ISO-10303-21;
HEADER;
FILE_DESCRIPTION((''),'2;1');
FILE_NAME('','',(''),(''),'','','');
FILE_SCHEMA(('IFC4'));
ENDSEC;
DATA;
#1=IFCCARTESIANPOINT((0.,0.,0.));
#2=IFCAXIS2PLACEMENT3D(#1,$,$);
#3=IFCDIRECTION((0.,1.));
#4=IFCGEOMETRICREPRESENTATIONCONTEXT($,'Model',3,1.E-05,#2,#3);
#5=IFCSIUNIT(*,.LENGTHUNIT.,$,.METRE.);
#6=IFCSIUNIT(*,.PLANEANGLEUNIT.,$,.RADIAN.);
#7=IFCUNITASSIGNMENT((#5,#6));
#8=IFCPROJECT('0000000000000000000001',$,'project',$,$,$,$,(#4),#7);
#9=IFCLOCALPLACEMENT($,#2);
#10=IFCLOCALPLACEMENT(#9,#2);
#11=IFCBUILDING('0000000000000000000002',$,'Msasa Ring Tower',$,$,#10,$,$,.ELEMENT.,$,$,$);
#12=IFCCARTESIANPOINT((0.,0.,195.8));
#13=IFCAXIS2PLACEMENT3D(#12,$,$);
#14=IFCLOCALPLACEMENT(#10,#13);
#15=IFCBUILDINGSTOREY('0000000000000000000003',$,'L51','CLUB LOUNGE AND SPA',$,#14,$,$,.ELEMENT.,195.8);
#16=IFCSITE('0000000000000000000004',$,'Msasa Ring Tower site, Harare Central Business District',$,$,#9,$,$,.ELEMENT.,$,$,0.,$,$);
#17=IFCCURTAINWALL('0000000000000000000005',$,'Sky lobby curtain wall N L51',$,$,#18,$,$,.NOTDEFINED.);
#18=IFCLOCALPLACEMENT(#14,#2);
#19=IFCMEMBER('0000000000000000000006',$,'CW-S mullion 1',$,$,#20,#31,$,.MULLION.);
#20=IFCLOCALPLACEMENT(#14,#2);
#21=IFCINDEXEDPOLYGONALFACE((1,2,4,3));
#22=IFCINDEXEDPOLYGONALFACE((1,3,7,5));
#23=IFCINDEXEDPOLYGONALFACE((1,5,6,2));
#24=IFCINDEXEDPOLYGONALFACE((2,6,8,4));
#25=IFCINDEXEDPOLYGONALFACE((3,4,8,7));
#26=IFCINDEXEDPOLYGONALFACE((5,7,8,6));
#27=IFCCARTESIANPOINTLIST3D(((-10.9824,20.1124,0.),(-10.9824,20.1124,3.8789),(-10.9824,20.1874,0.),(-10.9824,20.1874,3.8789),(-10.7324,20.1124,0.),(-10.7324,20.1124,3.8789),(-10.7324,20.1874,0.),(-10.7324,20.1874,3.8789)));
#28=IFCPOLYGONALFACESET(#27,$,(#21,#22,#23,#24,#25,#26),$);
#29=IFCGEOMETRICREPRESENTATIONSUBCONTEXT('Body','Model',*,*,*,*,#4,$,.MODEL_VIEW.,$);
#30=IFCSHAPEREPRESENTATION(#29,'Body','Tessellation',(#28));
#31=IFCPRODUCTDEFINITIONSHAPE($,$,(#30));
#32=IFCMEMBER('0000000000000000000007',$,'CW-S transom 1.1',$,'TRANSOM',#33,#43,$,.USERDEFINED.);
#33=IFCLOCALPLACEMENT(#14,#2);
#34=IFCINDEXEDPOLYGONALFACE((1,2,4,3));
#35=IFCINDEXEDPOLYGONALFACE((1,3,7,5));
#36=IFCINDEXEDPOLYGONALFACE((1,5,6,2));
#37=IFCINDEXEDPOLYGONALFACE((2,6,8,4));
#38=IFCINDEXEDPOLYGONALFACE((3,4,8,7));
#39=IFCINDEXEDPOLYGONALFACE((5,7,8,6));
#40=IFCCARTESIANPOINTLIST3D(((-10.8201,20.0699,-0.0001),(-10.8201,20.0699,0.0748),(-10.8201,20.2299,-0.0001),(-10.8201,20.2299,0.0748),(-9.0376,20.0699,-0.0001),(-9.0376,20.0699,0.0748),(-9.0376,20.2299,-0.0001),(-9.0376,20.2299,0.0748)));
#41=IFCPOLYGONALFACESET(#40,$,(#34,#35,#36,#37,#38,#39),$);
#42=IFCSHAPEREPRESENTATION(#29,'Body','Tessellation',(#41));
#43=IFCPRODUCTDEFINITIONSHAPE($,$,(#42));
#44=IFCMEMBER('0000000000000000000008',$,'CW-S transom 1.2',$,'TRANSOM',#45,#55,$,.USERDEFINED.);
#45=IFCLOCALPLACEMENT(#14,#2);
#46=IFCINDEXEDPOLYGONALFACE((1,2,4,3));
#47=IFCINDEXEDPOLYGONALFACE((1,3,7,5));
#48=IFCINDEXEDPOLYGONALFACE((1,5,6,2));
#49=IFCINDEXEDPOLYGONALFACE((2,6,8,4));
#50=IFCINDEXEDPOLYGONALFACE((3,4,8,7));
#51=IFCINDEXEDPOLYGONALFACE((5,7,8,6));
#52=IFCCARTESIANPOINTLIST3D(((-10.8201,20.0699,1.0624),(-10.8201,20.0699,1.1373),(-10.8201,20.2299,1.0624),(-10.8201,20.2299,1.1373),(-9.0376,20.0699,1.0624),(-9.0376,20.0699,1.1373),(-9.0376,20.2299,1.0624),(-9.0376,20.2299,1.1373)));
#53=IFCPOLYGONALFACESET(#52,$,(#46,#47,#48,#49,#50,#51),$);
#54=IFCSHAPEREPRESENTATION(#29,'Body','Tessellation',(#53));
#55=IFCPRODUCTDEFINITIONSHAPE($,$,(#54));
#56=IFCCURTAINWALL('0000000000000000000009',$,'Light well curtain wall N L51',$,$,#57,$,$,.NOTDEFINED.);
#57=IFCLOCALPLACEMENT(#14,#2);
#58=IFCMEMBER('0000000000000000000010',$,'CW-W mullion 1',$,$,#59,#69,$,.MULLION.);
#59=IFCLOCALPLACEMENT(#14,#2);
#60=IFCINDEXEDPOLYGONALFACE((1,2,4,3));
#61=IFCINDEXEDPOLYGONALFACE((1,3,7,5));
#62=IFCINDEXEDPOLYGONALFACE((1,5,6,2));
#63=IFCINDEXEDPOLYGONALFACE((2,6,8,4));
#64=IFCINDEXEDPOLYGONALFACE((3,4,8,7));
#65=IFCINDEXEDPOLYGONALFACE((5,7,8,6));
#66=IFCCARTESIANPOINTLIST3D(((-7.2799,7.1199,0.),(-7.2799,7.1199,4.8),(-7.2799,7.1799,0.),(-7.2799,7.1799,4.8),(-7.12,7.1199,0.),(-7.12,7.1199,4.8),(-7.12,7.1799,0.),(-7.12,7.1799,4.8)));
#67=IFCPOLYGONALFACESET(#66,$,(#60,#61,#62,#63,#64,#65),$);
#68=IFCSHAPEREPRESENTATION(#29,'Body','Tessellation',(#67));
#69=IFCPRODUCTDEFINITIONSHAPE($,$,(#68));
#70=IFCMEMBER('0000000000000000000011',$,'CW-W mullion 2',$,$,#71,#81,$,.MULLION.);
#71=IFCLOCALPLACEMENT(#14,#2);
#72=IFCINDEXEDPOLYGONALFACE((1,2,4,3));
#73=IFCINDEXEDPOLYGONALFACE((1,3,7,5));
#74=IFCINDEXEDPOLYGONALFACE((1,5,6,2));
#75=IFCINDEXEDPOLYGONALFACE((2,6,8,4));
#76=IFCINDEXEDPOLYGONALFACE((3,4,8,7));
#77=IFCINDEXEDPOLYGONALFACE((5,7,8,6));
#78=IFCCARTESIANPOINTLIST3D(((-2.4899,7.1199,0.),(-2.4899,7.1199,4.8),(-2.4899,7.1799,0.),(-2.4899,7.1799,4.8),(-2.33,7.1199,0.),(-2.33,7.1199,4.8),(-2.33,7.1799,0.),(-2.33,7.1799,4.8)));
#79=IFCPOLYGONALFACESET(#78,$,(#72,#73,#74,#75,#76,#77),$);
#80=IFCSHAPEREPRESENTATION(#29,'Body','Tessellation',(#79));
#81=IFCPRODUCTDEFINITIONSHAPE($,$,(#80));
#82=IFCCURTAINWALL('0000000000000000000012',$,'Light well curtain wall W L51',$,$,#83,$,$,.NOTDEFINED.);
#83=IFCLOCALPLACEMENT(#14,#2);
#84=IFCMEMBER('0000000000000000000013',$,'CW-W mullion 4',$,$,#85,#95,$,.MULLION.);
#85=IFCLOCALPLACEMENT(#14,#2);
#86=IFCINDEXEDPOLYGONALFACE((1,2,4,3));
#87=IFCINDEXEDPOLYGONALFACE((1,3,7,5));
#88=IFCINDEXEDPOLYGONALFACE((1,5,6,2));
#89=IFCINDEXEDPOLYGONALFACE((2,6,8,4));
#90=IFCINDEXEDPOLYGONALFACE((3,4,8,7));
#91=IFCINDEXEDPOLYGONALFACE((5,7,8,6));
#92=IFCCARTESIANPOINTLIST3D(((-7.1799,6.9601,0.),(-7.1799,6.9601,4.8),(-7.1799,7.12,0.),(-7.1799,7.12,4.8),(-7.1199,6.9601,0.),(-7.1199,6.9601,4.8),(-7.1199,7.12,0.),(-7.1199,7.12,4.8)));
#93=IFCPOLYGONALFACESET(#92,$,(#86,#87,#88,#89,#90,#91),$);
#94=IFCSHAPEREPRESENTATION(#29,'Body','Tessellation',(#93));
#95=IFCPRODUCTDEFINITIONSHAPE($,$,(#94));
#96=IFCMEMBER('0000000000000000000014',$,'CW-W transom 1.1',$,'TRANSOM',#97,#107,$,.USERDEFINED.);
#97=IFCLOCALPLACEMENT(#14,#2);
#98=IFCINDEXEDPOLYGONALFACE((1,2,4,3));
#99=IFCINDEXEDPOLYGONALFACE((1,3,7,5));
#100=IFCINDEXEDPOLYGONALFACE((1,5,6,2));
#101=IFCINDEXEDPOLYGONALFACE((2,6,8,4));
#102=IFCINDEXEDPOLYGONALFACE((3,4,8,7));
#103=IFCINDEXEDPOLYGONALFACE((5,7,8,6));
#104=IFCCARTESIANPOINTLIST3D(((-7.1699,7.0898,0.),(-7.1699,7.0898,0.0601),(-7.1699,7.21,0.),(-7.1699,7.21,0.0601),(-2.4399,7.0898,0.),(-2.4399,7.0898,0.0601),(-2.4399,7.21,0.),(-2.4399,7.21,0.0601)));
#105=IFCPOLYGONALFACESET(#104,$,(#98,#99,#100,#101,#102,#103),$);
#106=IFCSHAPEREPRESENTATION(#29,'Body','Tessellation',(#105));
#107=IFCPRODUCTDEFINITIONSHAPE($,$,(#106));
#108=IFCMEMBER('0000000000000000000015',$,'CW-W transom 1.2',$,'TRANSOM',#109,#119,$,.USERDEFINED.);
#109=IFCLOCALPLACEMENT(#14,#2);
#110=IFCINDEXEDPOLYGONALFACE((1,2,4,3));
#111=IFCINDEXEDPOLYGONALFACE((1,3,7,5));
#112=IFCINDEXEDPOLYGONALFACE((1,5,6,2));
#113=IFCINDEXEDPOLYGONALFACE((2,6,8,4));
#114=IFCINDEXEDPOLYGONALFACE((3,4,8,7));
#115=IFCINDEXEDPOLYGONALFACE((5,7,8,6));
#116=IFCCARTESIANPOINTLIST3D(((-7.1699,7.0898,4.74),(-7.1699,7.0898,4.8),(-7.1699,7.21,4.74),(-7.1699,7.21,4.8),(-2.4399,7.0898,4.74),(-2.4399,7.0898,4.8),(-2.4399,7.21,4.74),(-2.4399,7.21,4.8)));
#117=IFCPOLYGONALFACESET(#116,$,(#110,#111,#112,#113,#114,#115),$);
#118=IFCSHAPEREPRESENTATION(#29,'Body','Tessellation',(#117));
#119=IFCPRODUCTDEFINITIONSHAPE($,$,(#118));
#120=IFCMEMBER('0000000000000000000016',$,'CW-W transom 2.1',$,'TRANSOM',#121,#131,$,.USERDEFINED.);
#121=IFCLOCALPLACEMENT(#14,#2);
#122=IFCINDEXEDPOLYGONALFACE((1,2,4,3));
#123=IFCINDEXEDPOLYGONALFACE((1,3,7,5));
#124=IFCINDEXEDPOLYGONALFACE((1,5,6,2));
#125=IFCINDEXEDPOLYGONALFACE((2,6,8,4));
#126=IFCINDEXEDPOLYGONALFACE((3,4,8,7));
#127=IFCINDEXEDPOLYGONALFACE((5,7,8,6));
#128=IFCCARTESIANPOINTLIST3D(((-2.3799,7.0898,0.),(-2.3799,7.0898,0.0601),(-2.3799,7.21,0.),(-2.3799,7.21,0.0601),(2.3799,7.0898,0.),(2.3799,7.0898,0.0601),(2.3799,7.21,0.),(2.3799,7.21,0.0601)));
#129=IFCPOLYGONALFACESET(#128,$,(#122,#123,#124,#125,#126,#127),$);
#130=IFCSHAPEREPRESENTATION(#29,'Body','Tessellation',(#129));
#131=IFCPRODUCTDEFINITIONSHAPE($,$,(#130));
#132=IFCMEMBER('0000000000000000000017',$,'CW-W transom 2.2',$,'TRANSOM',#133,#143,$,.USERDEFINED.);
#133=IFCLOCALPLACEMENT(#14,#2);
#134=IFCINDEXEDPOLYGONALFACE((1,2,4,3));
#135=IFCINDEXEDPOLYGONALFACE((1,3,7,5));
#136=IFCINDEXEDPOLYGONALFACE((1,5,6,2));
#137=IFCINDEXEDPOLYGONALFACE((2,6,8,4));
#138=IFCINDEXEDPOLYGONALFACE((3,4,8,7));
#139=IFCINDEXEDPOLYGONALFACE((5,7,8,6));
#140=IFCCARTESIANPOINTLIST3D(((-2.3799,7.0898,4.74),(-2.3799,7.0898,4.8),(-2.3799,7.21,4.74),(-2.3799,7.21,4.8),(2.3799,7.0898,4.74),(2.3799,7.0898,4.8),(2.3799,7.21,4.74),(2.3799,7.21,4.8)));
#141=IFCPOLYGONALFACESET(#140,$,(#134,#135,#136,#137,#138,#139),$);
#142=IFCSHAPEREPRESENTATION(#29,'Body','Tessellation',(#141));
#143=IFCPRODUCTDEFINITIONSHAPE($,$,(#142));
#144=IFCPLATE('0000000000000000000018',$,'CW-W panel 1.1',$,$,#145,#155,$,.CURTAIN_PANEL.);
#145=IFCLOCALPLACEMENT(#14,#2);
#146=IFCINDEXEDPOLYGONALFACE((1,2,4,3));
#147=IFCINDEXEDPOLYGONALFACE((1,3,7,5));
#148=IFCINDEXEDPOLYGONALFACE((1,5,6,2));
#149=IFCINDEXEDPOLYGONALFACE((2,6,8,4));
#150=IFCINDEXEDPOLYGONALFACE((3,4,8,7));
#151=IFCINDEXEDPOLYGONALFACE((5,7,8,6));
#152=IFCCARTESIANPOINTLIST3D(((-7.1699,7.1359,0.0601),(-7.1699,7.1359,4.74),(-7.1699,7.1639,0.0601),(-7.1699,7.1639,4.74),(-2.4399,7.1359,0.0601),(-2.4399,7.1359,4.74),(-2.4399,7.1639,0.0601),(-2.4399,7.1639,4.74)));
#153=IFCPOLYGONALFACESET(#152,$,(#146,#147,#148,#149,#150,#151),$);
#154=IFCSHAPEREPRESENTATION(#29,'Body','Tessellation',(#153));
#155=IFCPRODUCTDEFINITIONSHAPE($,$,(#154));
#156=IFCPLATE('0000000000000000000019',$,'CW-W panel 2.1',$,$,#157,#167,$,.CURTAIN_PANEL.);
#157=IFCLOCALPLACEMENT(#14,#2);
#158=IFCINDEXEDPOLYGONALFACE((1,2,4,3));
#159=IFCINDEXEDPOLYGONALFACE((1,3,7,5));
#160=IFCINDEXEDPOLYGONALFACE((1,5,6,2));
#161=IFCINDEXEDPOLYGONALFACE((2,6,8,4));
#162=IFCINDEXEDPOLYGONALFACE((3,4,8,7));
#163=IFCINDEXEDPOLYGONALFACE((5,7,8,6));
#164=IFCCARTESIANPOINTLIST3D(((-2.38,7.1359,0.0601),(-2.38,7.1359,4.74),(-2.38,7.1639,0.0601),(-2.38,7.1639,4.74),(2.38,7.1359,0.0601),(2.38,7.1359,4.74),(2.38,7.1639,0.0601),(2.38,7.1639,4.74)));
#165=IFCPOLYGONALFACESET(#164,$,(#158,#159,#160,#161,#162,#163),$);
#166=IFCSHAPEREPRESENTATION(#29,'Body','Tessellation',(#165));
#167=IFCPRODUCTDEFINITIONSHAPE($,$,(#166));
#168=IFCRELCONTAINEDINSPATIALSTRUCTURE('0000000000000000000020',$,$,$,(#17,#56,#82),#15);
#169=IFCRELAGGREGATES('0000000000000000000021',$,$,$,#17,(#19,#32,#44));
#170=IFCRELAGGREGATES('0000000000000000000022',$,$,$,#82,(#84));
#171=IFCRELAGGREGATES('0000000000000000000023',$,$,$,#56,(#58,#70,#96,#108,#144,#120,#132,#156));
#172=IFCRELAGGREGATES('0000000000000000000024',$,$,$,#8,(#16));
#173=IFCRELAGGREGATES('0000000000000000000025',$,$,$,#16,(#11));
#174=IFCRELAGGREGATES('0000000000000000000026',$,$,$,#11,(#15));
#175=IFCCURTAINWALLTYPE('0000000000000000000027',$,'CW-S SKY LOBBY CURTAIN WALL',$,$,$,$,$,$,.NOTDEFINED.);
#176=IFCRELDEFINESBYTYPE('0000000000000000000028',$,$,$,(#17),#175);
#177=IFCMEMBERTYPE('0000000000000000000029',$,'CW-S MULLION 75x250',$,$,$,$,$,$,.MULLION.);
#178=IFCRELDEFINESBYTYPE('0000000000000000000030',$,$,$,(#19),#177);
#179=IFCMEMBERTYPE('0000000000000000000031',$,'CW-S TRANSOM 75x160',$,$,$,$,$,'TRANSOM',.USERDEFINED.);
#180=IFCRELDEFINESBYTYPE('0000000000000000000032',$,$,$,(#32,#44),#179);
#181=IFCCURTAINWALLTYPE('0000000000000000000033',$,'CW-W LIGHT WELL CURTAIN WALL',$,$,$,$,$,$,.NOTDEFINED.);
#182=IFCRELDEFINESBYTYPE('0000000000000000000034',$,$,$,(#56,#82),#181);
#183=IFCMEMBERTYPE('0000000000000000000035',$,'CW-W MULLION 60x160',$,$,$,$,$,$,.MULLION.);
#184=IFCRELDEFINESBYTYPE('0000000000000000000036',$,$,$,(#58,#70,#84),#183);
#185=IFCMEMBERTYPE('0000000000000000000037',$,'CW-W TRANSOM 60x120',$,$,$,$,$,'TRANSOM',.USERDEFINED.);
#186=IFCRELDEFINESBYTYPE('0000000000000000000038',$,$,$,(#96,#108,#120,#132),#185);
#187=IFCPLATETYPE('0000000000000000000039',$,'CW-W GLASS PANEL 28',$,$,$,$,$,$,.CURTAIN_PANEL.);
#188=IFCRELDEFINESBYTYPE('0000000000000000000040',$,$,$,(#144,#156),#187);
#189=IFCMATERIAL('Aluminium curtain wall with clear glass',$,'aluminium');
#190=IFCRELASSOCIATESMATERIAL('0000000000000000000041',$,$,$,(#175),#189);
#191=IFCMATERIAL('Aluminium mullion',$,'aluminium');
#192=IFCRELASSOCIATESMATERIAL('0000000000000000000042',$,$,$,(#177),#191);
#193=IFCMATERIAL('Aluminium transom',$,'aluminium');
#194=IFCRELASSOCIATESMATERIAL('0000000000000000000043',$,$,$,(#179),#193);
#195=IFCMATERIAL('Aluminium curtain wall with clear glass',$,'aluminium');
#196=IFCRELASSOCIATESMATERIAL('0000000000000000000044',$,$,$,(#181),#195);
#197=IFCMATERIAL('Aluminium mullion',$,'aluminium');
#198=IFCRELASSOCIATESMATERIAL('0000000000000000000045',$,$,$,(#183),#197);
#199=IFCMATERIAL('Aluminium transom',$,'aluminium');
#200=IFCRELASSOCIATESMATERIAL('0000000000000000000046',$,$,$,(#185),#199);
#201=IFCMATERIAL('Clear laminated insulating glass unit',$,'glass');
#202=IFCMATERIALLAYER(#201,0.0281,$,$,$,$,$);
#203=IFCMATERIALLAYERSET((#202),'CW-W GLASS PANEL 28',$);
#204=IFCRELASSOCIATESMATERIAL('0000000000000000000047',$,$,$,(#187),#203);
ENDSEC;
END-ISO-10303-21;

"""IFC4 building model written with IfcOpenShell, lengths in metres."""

from ifc_helpers import new_model, si_unit, direction, frame, origin, origin_2d, place, context, subcontext, project, spatial, rectangle, extrude, material, layer, layer_set, material_profile, profile_set, type_object, element, aggregate, save


model = new_model("IFC4")

# Units and contexts
model_context = context("Model", 3, precision=1e-05, world=origin(), true_north=direction((0.0, 1.0)))
body_context = subcontext(model_context, "Body", "Model", "MODEL_VIEW")
ifc_project = project(units=[si_unit("LENGTHUNIT", "METRE"), si_unit("PLANEANGLEUNIT", "RADIAN")], contexts=[model_context])

# Site, building, storey
site_placement = place(None, origin())
site = spatial("IfcSite", under=ifc_project, at=site_placement, Name="Msasa Ring Tower site, Harare Central Business District", CompositionType="ELEMENT", RefElevation=0.0)
building_placement = place(site_placement, origin())
building = spatial("IfcBuilding", under=site, at=building_placement, Name="Msasa Ring Tower", CompositionType="ELEMENT")
storey_placement = place(building_placement, frame((0.0, 0.0, 195.8)))
storey = spatial("IfcBuildingStorey", under=building, at=storey_placement, Name="L51", Description="CLUB LOUNGE AND SPA", CompositionType="ELEMENT", Elevation=195.8)

# Curtain walls, members
ifc_material_1 = material(Name="Aluminium curtain wall with clear glass", Category="aluminium")
curtain_wall_type_1 = type_object("IfcCurtainWallType", Name="CW-S SKY LOBBY CURTAIN WALL", PredefinedType="NOTDEFINED", material=ifc_material_1)
curtain_wall_1_placement = place(storey_placement, origin())
curtain_wall_1 = element("IfcCurtainWall", 1, at=curtain_wall_1_placement, inside=storey, type_object=curtain_wall_type_1, Name="Sky lobby curtain wall N L51", PredefinedType="NOTDEFINED")
ifc_material_2 = material(Name="Aluminium mullion", Category="aluminium")
ifc_material_profile_1 = material_profile(ifc_material_2, rectangle(XDim=0.075, YDim=0.25, at=origin_2d()), Name="AL 75x250")
ifc_profile_set_1 = profile_set([ifc_material_profile_1], Name="Aluminium mullion")
member_type_1 = type_object("IfcMemberType", Name="CW-S MULLION 75x250", PredefinedType="MULLION", material=ifc_profile_set_1)
member_1_placement = place(storey_placement, frame((-10.8574, 20.1499, 0.0), z_axis=(0.0, 0.0, 1.0), x_axis=(0.0, 1.0, 0.0)))
member_1 = element("IfcMember", 2, at=member_1_placement, type_object=member_type_1, Name="CW-S mullion 1", PredefinedType="MULLION", context=body_context, shape_type="SweptSolid", body=[
    extrude(rectangle(XDim=0.075, YDim=0.25, at=origin_2d()), origin(), (0.0, 0.0, 1.0), 3.8789),
])
ifc_material_3 = material(Name="Aluminium transom", Category="aluminium")
ifc_material_profile_2 = material_profile(ifc_material_3, rectangle(XDim=0.1599, YDim=0.075, at=origin_2d()), Name="AL 75x160")
ifc_profile_set_2 = profile_set([ifc_material_profile_2], Name="Aluminium transom")
member_type_2 = type_object("IfcMemberType", Name="CW-S TRANSOM 75x160", ElementType="TRANSOM", PredefinedType="USERDEFINED", material=ifc_profile_set_2)
member_2_placement = place(storey_placement, frame((-10.8201, 20.1499, 0.0374), z_axis=(1.0, 0.0, 0.0), x_axis=(0.0, 1.0, 0.0)))
member_2 = element("IfcMember", 3, at=member_2_placement, type_object=member_type_2, Name="CW-S transom 1.1", ObjectType="TRANSOM", PredefinedType="USERDEFINED", context=body_context, shape_type="SweptSolid", body=[
    extrude(rectangle(XDim=0.1599, YDim=0.075, at=origin_2d()), origin(), (0.0, 0.0, 1.0), 1.7825),
])
member_3_placement = place(storey_placement, frame((-10.8201, 20.1499, 1.0999), z_axis=(1.0, 0.0, 0.0), x_axis=(0.0, 1.0, 0.0)))
member_3 = element("IfcMember", 4, at=member_3_placement, type_object=member_type_2, Name="CW-S transom 1.2", ObjectType="TRANSOM", PredefinedType="USERDEFINED", context=body_context, shape_type="SweptSolid", body=[
    extrude(rectangle(XDim=0.1599, YDim=0.075, at=origin_2d()), origin(), (0.0, 0.0, 1.0), 1.7825),
])
aggregate(curtain_wall_1, [member_1, member_2, member_3])
ifc_material_4 = material(Name="Aluminium curtain wall with clear glass", Category="aluminium")
curtain_wall_type_2 = type_object("IfcCurtainWallType", Name="CW-W LIGHT WELL CURTAIN WALL", PredefinedType="NOTDEFINED", material=ifc_material_4)
curtain_wall_2_placement = place(storey_placement, origin())
curtain_wall_2 = element("IfcCurtainWall", 5, at=curtain_wall_2_placement, inside=storey, type_object=curtain_wall_type_2, Name="Light well curtain wall N L51", PredefinedType="NOTDEFINED")
ifc_material_5 = material(Name="Aluminium mullion", Category="aluminium")
ifc_material_profile_3 = material_profile(ifc_material_5, rectangle(XDim=0.0601, YDim=0.1599, at=origin_2d()), Name="AL 60x160")
ifc_profile_set_3 = profile_set([ifc_material_profile_3], Name="Aluminium mullion")
member_type_3 = type_object("IfcMemberType", Name="CW-W MULLION 60x160", PredefinedType="MULLION", material=ifc_profile_set_3)
member_4_placement = place(storey_placement, frame((-7.2, 7.1499, 0.0), z_axis=(0.0, 0.0, 1.0), x_axis=(0.0, 1.0, 0.0)))
member_4 = element("IfcMember", 6, at=member_4_placement, type_object=member_type_3, Name="CW-W mullion 1", PredefinedType="MULLION", context=body_context, shape_type="SweptSolid", body=[
    extrude(rectangle(XDim=0.0601, YDim=0.1599, at=origin_2d()), origin(), (0.0, 0.0, 1.0), 4.8),
])
member_5_placement = place(storey_placement, frame((-2.4099, 7.1499, 0.0), z_axis=(0.0, 0.0, 1.0), x_axis=(0.0, 1.0, 0.0)))
member_5 = element("IfcMember", 7, at=member_5_placement, type_object=member_type_3, Name="CW-W mullion 2", PredefinedType="MULLION", context=body_context, shape_type="SweptSolid", body=[
    extrude(rectangle(XDim=0.0601, YDim=0.1599, at=origin_2d()), origin(), (0.0, 0.0, 1.0), 4.8),
])

# Curtain wall, member
curtain_wall_3_placement = place(storey_placement, origin())
curtain_wall_3 = element("IfcCurtainWall", 8, at=curtain_wall_3_placement, inside=storey, type_object=curtain_wall_type_2, Name="Light well curtain wall W L51", PredefinedType="NOTDEFINED")
member_6_placement = place(storey_placement, frame((-7.1499, 7.04, 0.0), z_axis=(0.0, 0.0, 1.0), x_axis=(-1.0, 0.0, 0.0)))
member_6 = element("IfcMember", 9, at=member_6_placement, type_object=member_type_3, Name="CW-W mullion 4", PredefinedType="MULLION", context=body_context, shape_type="SweptSolid", body=[
    extrude(rectangle(XDim=0.0601, YDim=0.1599, at=origin_2d()), origin(), (0.0, 0.0, 1.0), 4.8),
])
aggregate(curtain_wall_3, [member_6])

# Members
ifc_material_6 = material(Name="Aluminium transom", Category="aluminium")
ifc_material_profile_4 = material_profile(ifc_material_6, rectangle(XDim=0.1201, YDim=0.0601, at=origin_2d()), Name="AL 60x120")
ifc_profile_set_4 = profile_set([ifc_material_profile_4], Name="Aluminium transom")
member_type_4 = type_object("IfcMemberType", Name="CW-W TRANSOM 60x120", ElementType="TRANSOM", PredefinedType="USERDEFINED", material=ifc_profile_set_4)
member_7_placement = place(storey_placement, frame((-7.1699, 7.1499, 0.03), z_axis=(1.0, 0.0, 0.0), x_axis=(0.0, 1.0, 0.0)))
member_7 = element("IfcMember", 10, at=member_7_placement, type_object=member_type_4, Name="CW-W transom 1.1", ObjectType="TRANSOM", PredefinedType="USERDEFINED", context=body_context, shape_type="SweptSolid", body=[
    extrude(rectangle(XDim=0.1201, YDim=0.0601, at=origin_2d()), origin(), (0.0, 0.0, 1.0), 4.73),
])
member_8_placement = place(storey_placement, frame((-7.1699, 7.1499, 4.77), z_axis=(1.0, 0.0, 0.0), x_axis=(0.0, 1.0, 0.0)))
member_8 = element("IfcMember", 11, at=member_8_placement, type_object=member_type_4, Name="CW-W transom 1.2", ObjectType="TRANSOM", PredefinedType="USERDEFINED", context=body_context, shape_type="SweptSolid", body=[
    extrude(rectangle(XDim=0.1201, YDim=0.0601, at=origin_2d()), origin(), (0.0, 0.0, 1.0), 4.73),
])
member_9_placement = place(storey_placement, frame((-2.3799, 7.1499, 0.03), z_axis=(1.0, 0.0, 0.0), x_axis=(0.0, 1.0, 0.0)))
member_9 = element("IfcMember", 12, at=member_9_placement, type_object=member_type_4, Name="CW-W transom 2.1", ObjectType="TRANSOM", PredefinedType="USERDEFINED", context=body_context, shape_type="SweptSolid", body=[
    extrude(rectangle(XDim=0.1201, YDim=0.0601, at=origin_2d()), origin(), (0.0, 0.0, 1.0), 4.7598),
])
member_10_placement = place(storey_placement, frame((-2.3799, 7.1499, 4.77), z_axis=(1.0, 0.0, 0.0), x_axis=(0.0, 1.0, 0.0)))
member_10 = element("IfcMember", 13, at=member_10_placement, type_object=member_type_4, Name="CW-W transom 2.2", ObjectType="TRANSOM", PredefinedType="USERDEFINED", context=body_context, shape_type="SweptSolid", body=[
    extrude(rectangle(XDim=0.1201, YDim=0.0601, at=origin_2d()), origin(), (0.0, 0.0, 1.0), 4.7598),
])

# Plates
ifc_material_7 = material(Name="Clear laminated insulating glass unit", Category="glass")
ifc_layer_1 = layer(ifc_material_7, 0.0281)
ifc_layer_set_1 = layer_set([ifc_layer_1], Name="CW-W GLASS PANEL 28")
plate_type = type_object("IfcPlateType", Name="CW-W GLASS PANEL 28", PredefinedType="CURTAIN_PANEL", material=ifc_layer_set_1)
plate_1_placement = place(storey_placement, frame((-4.8049, 7.1499, 0.0601), z_axis=(0.0, 0.0, 1.0), x_axis=(1.0, 0.0, 0.0)))
plate_1 = element("IfcPlate", 14, at=plate_1_placement, type_object=plate_type, Name="CW-W panel 1.1", PredefinedType="CURTAIN_PANEL", context=body_context, shape_type="SweptSolid", body=[
    extrude(rectangle(XDim=4.73, YDim=0.0281, at=origin_2d()), origin(), (0.0, 0.0, 1.0), 4.6799),
])
plate_2_placement = place(storey_placement, frame((0.0, 7.1499, 0.0601), z_axis=(0.0, 0.0, 1.0), x_axis=(1.0, 0.0, 0.0)))
plate_2 = element("IfcPlate", 15, at=plate_2_placement, type_object=plate_type, Name="CW-W panel 2.1", PredefinedType="CURTAIN_PANEL", context=body_context, shape_type="SweptSolid", body=[
    extrude(rectangle(XDim=4.76, YDim=0.0281, at=origin_2d()), origin(), (0.0, 0.0, 1.0), 4.6799),
])
aggregate(curtain_wall_2, [member_4, member_5, member_7, member_8, plate_1, member_9, member_10, plate_2])

save(model, "model.ifc")
